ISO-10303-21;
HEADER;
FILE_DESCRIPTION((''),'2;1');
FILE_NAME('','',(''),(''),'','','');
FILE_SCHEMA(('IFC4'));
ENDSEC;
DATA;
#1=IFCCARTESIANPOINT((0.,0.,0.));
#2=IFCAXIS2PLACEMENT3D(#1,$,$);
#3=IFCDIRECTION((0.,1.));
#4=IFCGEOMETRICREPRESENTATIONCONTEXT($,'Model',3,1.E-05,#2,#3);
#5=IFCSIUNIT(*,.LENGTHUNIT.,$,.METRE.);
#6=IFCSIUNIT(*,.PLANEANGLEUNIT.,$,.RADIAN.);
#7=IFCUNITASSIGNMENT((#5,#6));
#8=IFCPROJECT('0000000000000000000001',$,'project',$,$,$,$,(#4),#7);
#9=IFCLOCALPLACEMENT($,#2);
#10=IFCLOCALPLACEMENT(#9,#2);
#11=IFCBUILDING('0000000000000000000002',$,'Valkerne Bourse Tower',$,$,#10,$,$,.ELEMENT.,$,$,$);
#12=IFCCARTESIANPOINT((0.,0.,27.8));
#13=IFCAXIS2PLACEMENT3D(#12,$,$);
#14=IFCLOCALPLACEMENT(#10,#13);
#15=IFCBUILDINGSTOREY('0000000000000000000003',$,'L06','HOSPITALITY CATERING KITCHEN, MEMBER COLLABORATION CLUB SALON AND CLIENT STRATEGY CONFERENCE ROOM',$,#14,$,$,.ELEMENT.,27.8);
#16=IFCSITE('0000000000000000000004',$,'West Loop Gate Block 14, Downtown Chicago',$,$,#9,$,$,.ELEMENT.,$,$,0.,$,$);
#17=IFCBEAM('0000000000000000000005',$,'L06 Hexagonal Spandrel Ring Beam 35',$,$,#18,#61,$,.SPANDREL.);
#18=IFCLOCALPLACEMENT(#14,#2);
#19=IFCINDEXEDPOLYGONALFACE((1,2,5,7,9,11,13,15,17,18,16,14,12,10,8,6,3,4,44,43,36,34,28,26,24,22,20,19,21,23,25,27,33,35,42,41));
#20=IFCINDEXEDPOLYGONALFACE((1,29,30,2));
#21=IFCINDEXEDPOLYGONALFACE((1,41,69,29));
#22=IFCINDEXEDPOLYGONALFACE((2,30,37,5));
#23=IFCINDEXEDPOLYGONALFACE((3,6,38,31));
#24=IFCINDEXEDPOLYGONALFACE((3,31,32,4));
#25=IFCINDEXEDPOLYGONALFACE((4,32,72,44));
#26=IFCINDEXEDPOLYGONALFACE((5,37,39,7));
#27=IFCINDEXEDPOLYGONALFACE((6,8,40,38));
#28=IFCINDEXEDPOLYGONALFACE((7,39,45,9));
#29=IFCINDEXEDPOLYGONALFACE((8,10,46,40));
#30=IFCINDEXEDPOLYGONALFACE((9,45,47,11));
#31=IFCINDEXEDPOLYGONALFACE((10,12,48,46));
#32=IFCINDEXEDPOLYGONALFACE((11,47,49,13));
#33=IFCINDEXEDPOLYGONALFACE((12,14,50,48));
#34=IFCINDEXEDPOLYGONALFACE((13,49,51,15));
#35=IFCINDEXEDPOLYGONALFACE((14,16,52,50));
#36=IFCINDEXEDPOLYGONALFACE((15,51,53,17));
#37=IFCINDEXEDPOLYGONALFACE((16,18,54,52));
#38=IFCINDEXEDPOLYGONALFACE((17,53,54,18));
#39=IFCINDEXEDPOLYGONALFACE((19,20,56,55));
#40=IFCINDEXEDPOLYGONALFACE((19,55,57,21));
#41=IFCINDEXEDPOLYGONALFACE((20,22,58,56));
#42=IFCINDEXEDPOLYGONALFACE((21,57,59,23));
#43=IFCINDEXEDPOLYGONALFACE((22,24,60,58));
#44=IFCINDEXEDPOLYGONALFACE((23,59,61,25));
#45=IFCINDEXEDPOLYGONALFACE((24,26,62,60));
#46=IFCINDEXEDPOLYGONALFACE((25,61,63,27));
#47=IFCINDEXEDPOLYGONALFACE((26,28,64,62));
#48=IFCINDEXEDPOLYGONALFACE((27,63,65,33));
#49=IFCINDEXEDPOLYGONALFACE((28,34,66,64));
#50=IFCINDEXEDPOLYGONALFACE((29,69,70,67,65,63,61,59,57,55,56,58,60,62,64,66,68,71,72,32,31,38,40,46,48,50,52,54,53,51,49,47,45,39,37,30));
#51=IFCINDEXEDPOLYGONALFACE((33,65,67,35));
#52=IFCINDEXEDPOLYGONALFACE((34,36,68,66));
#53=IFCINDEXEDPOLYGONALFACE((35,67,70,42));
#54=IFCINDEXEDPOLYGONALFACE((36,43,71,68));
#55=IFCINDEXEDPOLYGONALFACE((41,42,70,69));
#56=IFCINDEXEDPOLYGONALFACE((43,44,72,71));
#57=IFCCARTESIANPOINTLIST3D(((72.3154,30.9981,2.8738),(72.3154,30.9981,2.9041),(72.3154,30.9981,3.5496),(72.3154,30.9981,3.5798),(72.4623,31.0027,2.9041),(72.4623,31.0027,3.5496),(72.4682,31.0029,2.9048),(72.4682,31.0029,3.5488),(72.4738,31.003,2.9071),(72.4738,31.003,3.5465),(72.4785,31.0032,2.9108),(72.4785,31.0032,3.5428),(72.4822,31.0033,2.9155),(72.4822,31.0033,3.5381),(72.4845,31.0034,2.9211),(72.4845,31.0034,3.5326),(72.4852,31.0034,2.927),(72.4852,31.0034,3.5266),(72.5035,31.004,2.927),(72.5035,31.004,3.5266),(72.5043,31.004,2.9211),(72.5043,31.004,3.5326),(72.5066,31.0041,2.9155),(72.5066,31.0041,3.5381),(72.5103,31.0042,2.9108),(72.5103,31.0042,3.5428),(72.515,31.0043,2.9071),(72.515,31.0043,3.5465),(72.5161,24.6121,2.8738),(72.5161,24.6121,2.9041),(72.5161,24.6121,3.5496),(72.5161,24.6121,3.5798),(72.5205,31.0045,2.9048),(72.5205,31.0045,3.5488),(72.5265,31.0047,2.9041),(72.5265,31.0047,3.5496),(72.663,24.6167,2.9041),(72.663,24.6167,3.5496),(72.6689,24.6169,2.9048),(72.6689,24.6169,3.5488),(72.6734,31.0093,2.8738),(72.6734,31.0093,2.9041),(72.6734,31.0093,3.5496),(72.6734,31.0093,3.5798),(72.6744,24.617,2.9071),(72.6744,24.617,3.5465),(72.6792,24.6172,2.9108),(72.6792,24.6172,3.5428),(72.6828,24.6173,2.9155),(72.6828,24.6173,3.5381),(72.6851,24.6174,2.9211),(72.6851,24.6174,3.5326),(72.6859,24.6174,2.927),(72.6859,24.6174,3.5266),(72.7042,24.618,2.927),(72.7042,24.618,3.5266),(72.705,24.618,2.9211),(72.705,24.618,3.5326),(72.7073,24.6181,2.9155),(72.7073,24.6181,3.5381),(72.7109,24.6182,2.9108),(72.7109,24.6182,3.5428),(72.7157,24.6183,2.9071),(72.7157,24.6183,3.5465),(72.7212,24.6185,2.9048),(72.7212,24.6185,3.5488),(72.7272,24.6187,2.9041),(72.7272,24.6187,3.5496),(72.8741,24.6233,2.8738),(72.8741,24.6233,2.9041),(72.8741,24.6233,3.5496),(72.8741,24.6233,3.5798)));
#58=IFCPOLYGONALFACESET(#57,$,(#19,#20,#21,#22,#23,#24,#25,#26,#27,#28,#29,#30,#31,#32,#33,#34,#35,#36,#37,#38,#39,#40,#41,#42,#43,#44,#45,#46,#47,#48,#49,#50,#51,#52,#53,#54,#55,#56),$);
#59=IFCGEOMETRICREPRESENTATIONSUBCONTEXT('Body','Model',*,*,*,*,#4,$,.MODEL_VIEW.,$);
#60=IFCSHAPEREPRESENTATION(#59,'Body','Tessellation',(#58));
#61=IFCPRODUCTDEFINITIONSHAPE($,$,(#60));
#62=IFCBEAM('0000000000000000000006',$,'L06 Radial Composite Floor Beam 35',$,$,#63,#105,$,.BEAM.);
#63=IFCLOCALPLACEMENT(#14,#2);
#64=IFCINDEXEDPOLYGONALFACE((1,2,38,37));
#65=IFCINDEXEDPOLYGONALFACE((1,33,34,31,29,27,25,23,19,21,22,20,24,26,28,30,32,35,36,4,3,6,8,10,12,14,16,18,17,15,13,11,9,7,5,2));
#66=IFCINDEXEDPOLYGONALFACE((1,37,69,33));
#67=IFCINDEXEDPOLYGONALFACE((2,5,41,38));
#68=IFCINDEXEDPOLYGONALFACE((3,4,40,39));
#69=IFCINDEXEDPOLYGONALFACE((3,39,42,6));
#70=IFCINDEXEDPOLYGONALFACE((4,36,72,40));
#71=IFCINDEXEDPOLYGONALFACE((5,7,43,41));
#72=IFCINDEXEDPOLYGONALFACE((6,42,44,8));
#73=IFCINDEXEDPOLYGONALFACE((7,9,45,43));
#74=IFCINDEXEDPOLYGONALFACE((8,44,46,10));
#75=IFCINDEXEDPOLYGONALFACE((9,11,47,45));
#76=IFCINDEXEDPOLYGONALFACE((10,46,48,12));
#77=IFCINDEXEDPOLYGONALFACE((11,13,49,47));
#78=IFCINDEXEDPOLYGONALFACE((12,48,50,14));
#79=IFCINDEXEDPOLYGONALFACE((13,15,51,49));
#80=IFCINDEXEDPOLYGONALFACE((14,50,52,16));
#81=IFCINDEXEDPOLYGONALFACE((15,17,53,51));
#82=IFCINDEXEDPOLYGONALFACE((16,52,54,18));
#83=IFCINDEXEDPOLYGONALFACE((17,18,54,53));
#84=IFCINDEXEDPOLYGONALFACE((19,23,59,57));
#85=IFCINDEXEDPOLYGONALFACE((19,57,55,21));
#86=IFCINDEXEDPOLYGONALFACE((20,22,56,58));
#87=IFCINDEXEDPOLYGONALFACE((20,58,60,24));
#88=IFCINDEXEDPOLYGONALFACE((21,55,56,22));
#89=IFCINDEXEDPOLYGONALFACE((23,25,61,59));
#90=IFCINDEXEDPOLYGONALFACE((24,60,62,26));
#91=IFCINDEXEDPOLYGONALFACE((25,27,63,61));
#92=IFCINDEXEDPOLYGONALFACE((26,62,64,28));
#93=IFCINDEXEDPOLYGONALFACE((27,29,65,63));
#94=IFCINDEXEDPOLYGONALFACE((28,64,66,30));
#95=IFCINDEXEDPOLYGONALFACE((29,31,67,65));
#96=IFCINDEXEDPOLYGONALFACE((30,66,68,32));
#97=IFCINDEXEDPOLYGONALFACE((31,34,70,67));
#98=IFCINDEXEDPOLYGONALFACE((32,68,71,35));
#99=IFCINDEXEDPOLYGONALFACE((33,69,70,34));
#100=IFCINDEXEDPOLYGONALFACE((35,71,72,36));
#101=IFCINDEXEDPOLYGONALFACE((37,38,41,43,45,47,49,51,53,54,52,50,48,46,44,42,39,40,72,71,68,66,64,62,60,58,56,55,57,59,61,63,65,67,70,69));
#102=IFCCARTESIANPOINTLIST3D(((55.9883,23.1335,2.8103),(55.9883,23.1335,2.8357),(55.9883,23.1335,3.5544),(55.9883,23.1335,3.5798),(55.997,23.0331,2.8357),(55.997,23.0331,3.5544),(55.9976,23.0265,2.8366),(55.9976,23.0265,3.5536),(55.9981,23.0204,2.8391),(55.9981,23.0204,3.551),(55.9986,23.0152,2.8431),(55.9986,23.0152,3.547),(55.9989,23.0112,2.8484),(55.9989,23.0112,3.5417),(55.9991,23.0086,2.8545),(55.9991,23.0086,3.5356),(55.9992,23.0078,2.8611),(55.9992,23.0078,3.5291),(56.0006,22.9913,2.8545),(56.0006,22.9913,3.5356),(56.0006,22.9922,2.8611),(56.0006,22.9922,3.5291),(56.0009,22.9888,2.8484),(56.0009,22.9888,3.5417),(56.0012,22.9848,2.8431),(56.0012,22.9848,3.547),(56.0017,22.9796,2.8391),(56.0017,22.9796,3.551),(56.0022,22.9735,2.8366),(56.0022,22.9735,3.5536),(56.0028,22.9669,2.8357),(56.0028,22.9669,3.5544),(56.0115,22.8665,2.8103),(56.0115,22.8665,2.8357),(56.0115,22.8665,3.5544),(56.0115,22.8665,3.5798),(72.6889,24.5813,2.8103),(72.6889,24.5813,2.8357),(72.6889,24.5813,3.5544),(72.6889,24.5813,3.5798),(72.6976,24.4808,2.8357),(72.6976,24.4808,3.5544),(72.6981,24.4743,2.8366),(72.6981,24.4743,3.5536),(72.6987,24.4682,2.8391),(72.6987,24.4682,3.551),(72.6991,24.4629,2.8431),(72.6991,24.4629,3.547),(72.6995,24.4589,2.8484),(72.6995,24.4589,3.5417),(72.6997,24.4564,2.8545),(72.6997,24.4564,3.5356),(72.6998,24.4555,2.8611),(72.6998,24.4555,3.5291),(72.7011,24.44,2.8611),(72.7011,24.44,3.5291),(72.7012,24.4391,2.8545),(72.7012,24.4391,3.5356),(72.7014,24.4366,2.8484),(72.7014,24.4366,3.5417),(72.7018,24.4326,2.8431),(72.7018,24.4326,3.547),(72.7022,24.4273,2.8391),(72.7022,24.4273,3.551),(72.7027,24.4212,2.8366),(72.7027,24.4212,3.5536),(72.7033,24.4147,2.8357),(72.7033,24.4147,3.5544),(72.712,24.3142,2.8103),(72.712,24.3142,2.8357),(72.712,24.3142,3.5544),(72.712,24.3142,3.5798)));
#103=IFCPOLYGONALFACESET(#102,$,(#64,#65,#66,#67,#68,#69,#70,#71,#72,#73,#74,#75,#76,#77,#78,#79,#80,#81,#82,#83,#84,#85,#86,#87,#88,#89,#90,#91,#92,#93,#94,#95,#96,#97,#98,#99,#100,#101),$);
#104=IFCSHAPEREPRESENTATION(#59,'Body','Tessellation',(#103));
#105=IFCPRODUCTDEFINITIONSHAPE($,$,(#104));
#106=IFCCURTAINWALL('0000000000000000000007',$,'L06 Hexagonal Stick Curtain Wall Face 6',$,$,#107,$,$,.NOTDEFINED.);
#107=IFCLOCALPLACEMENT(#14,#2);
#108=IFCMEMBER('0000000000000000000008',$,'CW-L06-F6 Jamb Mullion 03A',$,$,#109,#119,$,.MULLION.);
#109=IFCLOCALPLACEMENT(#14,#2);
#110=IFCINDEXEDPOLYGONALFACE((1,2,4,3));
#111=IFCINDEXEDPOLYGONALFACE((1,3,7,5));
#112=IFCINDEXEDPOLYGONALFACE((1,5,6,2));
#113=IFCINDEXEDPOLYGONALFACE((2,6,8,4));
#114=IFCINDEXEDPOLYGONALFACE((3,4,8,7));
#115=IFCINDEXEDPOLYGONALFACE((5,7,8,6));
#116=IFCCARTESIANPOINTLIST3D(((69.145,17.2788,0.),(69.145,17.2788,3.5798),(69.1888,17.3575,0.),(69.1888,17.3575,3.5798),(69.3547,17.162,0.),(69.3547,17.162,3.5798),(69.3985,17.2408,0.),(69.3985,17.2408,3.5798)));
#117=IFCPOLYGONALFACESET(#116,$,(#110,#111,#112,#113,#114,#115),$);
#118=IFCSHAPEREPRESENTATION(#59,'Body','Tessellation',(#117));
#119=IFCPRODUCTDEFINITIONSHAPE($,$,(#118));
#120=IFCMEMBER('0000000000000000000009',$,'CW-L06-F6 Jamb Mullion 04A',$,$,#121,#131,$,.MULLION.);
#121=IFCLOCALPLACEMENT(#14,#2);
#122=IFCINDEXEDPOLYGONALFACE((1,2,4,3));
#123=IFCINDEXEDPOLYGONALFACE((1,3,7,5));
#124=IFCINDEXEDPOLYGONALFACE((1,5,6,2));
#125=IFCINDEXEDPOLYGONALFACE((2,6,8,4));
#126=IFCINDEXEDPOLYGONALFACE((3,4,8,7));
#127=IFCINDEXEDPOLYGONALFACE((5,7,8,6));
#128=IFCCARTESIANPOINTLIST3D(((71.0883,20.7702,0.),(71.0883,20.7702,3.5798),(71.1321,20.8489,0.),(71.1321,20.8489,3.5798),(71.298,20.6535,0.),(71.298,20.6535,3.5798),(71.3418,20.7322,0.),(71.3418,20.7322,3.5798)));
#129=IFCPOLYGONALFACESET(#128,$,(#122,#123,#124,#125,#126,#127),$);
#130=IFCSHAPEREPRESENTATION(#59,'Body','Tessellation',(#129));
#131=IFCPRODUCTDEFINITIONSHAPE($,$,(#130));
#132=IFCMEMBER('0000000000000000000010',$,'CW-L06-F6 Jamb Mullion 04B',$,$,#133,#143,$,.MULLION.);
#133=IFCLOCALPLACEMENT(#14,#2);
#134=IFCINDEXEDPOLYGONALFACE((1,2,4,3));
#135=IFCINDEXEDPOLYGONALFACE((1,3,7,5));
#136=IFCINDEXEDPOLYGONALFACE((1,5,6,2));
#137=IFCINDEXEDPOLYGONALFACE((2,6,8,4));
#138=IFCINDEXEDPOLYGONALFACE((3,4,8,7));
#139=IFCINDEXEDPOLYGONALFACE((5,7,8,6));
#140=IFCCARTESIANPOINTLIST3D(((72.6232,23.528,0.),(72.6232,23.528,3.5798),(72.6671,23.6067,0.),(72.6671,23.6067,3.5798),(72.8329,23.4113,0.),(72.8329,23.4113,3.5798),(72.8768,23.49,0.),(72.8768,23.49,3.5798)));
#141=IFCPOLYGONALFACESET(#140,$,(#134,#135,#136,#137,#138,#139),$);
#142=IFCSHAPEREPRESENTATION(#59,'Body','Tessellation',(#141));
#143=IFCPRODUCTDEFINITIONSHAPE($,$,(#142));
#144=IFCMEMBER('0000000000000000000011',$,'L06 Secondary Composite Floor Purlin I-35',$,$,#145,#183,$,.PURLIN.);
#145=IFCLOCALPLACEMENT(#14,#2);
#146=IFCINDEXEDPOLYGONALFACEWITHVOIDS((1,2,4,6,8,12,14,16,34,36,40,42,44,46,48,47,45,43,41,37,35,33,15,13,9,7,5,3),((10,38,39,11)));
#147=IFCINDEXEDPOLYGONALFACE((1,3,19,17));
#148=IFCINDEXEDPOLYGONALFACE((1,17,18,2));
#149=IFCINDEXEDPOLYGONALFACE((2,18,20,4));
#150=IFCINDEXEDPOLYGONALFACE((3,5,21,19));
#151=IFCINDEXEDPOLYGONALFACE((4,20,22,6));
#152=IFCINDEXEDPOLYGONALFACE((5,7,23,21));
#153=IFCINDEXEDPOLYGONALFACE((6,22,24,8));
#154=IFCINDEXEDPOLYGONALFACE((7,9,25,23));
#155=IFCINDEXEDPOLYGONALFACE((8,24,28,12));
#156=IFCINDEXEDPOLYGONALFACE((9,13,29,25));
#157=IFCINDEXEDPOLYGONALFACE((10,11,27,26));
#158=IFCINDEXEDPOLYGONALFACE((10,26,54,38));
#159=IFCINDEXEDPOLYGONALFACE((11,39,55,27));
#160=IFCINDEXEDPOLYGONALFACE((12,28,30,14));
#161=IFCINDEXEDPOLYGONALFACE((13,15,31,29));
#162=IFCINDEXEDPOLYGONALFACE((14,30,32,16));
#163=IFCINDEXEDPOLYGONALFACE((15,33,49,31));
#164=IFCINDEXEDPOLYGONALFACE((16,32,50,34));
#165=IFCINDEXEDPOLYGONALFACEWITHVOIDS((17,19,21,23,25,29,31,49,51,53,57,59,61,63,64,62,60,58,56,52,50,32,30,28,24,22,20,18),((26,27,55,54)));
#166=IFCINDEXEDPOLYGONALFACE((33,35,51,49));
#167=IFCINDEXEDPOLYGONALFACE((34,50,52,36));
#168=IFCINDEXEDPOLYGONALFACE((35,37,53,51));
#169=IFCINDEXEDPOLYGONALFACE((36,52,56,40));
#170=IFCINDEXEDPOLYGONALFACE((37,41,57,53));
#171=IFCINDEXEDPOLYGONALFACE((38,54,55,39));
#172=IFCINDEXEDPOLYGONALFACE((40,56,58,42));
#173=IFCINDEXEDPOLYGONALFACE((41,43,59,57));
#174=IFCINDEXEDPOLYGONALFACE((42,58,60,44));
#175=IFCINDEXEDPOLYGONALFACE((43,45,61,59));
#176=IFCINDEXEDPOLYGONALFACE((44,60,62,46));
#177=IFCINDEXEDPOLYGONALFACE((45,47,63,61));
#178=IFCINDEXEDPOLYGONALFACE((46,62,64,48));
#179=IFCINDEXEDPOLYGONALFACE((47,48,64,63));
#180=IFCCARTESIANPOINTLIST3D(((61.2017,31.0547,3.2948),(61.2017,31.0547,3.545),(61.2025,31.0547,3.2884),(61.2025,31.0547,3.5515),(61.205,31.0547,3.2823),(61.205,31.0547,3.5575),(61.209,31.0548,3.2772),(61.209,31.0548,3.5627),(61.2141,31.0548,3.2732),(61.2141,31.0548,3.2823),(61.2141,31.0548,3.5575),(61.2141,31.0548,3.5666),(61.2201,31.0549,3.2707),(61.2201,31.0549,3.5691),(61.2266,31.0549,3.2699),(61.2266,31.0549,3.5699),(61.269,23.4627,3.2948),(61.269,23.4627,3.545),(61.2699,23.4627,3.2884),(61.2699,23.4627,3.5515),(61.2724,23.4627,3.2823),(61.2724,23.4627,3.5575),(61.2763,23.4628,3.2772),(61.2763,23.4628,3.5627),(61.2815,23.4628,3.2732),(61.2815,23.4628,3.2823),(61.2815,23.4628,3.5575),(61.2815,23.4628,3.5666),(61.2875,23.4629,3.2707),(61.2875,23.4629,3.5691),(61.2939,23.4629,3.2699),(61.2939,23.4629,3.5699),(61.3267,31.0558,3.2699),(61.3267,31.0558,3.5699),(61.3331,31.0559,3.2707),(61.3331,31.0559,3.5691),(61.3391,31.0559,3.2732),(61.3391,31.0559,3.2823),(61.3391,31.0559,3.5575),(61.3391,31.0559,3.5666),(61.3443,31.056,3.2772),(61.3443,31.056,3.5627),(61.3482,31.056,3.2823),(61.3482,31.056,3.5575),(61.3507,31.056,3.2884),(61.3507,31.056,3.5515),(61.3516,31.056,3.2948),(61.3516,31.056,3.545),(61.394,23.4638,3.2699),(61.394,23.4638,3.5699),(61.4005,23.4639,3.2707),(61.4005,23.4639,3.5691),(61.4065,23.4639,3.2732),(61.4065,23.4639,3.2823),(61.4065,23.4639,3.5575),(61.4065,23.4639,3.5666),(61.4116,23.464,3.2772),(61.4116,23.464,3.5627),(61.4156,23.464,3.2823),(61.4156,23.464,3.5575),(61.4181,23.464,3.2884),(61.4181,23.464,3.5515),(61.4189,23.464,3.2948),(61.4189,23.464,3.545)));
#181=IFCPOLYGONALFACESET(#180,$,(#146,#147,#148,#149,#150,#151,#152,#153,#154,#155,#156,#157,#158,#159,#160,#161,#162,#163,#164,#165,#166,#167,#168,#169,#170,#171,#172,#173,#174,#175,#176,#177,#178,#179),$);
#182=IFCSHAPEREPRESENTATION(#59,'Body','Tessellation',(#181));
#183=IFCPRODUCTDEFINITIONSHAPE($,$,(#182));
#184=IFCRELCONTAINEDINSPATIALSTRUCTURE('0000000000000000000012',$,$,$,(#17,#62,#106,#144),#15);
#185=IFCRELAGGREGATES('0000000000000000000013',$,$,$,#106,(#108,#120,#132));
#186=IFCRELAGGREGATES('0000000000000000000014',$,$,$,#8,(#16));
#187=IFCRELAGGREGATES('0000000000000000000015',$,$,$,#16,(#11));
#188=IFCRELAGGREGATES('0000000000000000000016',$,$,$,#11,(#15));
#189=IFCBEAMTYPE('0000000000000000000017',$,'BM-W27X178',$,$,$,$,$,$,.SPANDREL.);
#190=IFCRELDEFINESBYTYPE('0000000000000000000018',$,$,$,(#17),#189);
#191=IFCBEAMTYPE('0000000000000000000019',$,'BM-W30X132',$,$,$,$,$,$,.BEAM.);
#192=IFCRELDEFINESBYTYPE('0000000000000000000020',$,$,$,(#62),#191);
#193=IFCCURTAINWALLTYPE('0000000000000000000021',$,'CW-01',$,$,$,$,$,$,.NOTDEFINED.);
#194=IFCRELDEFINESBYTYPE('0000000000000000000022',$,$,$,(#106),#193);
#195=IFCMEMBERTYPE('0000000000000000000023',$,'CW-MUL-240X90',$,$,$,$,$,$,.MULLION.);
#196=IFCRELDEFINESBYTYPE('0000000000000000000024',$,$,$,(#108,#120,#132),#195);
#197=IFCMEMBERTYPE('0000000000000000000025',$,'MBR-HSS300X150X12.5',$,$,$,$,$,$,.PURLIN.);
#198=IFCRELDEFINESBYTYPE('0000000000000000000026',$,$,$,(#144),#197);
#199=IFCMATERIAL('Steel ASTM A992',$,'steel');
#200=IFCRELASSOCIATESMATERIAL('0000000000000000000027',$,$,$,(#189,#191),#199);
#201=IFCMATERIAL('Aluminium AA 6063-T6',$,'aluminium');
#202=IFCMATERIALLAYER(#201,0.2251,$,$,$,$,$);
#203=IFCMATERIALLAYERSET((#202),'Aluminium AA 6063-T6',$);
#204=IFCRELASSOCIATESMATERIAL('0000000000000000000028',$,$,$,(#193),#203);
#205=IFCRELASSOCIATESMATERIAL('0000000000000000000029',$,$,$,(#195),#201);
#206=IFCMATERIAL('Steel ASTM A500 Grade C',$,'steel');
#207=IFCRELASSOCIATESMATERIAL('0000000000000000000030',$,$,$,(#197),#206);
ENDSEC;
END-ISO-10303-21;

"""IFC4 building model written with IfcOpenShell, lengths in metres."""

from ifc_helpers import new_model, si_unit, direction, frame, origin, origin_2d, place, context, subcontext, project, spatial, rectangle, hollow_rectangle, i_section, extrude, material, layer, layer_set, material_profile, profile_set, type_object, element, aggregate, save


model = new_model("IFC4")

# Units and contexts
model_context = context("Model", 3, precision=1e-05, world=origin(), true_north=direction((0.0, 1.0)))
body_context = subcontext(model_context, "Body", "Model", "MODEL_VIEW")
ifc_project = project(units=[si_unit("LENGTHUNIT", "METRE"), si_unit("PLANEANGLEUNIT", "RADIAN")], contexts=[model_context])

# Site, building, storey
site_placement = place(None, origin())
site = spatial("IfcSite", under=ifc_project, at=site_placement, Name="West Loop Gate Block 14, Downtown Chicago", CompositionType="ELEMENT", RefElevation=0.0)
building_placement = place(site_placement, origin())
building = spatial("IfcBuilding", under=site, at=building_placement, Name="Valkerne Bourse Tower", CompositionType="ELEMENT")
storey_placement = place(building_placement, frame((0.0, 0.0, 27.8)))
storey = spatial("IfcBuildingStorey", under=building, at=storey_placement, Name="L06", Description="HOSPITALITY CATERING KITCHEN, MEMBER COLLABORATION CLUB SALON AND CLIENT STRATEGY CONFERENCE ROOM", CompositionType="ELEMENT", Elevation=27.8)

# Beams
ifc_material_1 = material(Name="Steel ASTM A992", Category="steel")
ifc_material_profile_1 = material_profile(ifc_material_1, i_section(OverallWidth=0.3582, OverallDepth=0.7061, WebThickness=0.0183, FlangeThickness=0.0303, FilletRadius=0.0229, at=origin_2d()), Name="W27X178")
ifc_profile_set_1 = profile_set([ifc_material_profile_1], Name="Steel ASTM A992")
beam_type_1 = type_object("IfcBeamType", Name="BM-W27X178", PredefinedType="SPANDREL", material=ifc_profile_set_1)
beam_1_placement = place(storey_placement, frame((72.6951, 24.6177, 3.2268), z_axis=(-0.03141, 0.999507, 0.0), x_axis=(-0.999507, -0.03141, 0.0)))
element("IfcBeam", 1, at=beam_1_placement, inside=storey, type_object=beam_type_1, Name="L06 Hexagonal Spandrel Ring Beam 35", PredefinedType="SPANDREL", context=body_context, shape_type="SweptSolid", body=[
    extrude(i_section(OverallWidth=0.3582, OverallDepth=0.7061, WebThickness=0.0183, FlangeThickness=0.0303, FilletRadius=0.0229, at=origin_2d()), origin(), (0.0, 0.0, 1.0), 6.3892),
])
ifc_material_profile_2 = material_profile(ifc_material_1, i_section(OverallWidth=0.2681, OverallDepth=0.7695, WebThickness=0.0156, FlangeThickness=0.0254, FilletRadius=0.0254, at=origin_2d()), Name="W30X132")
ifc_profile_set_2 = profile_set([ifc_material_profile_2], Name="Steel ASTM A992")
beam_type_2 = type_object("IfcBeamType", Name="BM-W30X132", PredefinedType="BEAM", material=ifc_profile_set_2)
beam_2_placement = place(storey_placement, frame((72.7004, 24.4478, 3.1951), z_axis=(-0.996264, -0.086366, 0.0), x_axis=(0.086366, -0.996264, 0.0)))
element("IfcBeam", 2, at=beam_2_placement, inside=storey, type_object=beam_type_2, Name="L06 Radial Composite Floor Beam 35", PredefinedType="BEAM", context=body_context, shape_type="SweptSolid", body=[
    extrude(i_section(OverallWidth=0.2681, OverallDepth=0.7695, WebThickness=0.0156, FlangeThickness=0.0254, FilletRadius=0.0254, at=origin_2d()), origin(), (0.0, 0.0, 1.0), 16.7632),
])

# Curtain wall, members
ifc_material_2 = material(Name="Aluminium AA 6063-T6", Category="aluminium")
ifc_layer_1 = layer(ifc_material_2, 0.2251)
ifc_layer_set_1 = layer_set([ifc_layer_1], Name="Aluminium AA 6063-T6")
curtain_wall_type = type_object("IfcCurtainWallType", Name="CW-01", PredefinedType="NOTDEFINED", material=ifc_layer_set_1)
curtain_wall_placement = place(storey_placement, origin())
curtain_wall = element("IfcCurtainWall", 3, at=curtain_wall_placement, inside=storey, type_object=curtain_wall_type, Name="L06 Hexagonal Stick Curtain Wall Face 6", PredefinedType="NOTDEFINED")
ifc_material_profile_3 = material_profile(ifc_material_2, rectangle(XDim=0.0901, YDim=0.24, at=origin_2d()), Name="CWM-90X240")
ifc_profile_set_3 = profile_set([ifc_material_profile_3], Name="Aluminium AA 6063-T6")
member_type_1 = type_object("IfcMemberType", Name="CW-MUL-240X90", PredefinedType="MULLION", material=ifc_profile_set_3)
member_1_placement = place(storey_placement, frame((69.2717, 17.2598, 0.0), z_axis=(0.0, 0.0, 1.0), x_axis=(0.486335, 0.873772, 0.0)))
member_1 = element("IfcMember", 4, at=member_1_placement, type_object=member_type_1, Name="CW-L06-F6 Jamb Mullion 03A", PredefinedType="MULLION", context=body_context, shape_type="SweptSolid", body=[
    extrude(rectangle(XDim=0.0901, YDim=0.24, at=origin_2d()), origin(), (0.0, 0.0, 1.0), 3.5798),
])
member_2_placement = place(storey_placement, frame((71.2151, 20.7512, 0.0), z_axis=(0.0, 0.0, 1.0), x_axis=(0.486335, 0.873772, 0.0)))
member_2 = element("IfcMember", 5, at=member_2_placement, type_object=member_type_1, Name="CW-L06-F6 Jamb Mullion 04A", PredefinedType="MULLION", context=body_context, shape_type="SweptSolid", body=[
    extrude(rectangle(XDim=0.0901, YDim=0.24, at=origin_2d()), origin(), (0.0, 0.0, 1.0), 3.5798),
])
member_3_placement = place(storey_placement, frame((72.75, 23.509, 0.0), z_axis=(0.0, 0.0, 1.0), x_axis=(0.486335, 0.873772, 0.0)))
member_3 = element("IfcMember", 6, at=member_3_placement, type_object=member_type_1, Name="CW-L06-F6 Jamb Mullion 04B", PredefinedType="MULLION", context=body_context, shape_type="SweptSolid", body=[
    extrude(rectangle(XDim=0.0901, YDim=0.24, at=origin_2d()), origin(), (0.0, 0.0, 1.0), 3.5798),
])

# Member
ifc_material_3 = material(Name="Steel ASTM A500 Grade C", Category="steel")
ifc_material_profile_4 = material_profile(ifc_material_3, hollow_rectangle(XDim=0.1499, YDim=0.3, WallThickness=0.0125, OuterFilletRadius=0.0249, at=origin_2d()), Name="HSS300X150X12.5")
ifc_profile_set_4 = profile_set([ifc_material_profile_4], Name="Steel ASTM A500 Grade C")
member_type_2 = type_object("IfcMemberType", Name="MBR-HSS300X150X12.5", PredefinedType="PURLIN", material=ifc_profile_set_4)
member_4_placement = place(storey_placement, frame((61.344, 23.4634, 3.4199), z_axis=(-0.008875, 0.999961, 0.0), x_axis=(-0.999961, -0.008875, 0.0)))
element("IfcMember", 7, at=member_4_placement, inside=storey, type_object=member_type_2, Name="L06 Secondary Composite Floor Purlin I-35", PredefinedType="PURLIN", context=body_context, shape_type="SweptSolid", body=[
    extrude(hollow_rectangle(XDim=0.1499, YDim=0.3, WallThickness=0.0125, OuterFilletRadius=0.0249, at=origin_2d()), origin(), (0.0, 0.0, 1.0), 7.5923),
])

aggregate(curtain_wall, [member_1, member_2, member_3])

save(model, "model.ifc")
